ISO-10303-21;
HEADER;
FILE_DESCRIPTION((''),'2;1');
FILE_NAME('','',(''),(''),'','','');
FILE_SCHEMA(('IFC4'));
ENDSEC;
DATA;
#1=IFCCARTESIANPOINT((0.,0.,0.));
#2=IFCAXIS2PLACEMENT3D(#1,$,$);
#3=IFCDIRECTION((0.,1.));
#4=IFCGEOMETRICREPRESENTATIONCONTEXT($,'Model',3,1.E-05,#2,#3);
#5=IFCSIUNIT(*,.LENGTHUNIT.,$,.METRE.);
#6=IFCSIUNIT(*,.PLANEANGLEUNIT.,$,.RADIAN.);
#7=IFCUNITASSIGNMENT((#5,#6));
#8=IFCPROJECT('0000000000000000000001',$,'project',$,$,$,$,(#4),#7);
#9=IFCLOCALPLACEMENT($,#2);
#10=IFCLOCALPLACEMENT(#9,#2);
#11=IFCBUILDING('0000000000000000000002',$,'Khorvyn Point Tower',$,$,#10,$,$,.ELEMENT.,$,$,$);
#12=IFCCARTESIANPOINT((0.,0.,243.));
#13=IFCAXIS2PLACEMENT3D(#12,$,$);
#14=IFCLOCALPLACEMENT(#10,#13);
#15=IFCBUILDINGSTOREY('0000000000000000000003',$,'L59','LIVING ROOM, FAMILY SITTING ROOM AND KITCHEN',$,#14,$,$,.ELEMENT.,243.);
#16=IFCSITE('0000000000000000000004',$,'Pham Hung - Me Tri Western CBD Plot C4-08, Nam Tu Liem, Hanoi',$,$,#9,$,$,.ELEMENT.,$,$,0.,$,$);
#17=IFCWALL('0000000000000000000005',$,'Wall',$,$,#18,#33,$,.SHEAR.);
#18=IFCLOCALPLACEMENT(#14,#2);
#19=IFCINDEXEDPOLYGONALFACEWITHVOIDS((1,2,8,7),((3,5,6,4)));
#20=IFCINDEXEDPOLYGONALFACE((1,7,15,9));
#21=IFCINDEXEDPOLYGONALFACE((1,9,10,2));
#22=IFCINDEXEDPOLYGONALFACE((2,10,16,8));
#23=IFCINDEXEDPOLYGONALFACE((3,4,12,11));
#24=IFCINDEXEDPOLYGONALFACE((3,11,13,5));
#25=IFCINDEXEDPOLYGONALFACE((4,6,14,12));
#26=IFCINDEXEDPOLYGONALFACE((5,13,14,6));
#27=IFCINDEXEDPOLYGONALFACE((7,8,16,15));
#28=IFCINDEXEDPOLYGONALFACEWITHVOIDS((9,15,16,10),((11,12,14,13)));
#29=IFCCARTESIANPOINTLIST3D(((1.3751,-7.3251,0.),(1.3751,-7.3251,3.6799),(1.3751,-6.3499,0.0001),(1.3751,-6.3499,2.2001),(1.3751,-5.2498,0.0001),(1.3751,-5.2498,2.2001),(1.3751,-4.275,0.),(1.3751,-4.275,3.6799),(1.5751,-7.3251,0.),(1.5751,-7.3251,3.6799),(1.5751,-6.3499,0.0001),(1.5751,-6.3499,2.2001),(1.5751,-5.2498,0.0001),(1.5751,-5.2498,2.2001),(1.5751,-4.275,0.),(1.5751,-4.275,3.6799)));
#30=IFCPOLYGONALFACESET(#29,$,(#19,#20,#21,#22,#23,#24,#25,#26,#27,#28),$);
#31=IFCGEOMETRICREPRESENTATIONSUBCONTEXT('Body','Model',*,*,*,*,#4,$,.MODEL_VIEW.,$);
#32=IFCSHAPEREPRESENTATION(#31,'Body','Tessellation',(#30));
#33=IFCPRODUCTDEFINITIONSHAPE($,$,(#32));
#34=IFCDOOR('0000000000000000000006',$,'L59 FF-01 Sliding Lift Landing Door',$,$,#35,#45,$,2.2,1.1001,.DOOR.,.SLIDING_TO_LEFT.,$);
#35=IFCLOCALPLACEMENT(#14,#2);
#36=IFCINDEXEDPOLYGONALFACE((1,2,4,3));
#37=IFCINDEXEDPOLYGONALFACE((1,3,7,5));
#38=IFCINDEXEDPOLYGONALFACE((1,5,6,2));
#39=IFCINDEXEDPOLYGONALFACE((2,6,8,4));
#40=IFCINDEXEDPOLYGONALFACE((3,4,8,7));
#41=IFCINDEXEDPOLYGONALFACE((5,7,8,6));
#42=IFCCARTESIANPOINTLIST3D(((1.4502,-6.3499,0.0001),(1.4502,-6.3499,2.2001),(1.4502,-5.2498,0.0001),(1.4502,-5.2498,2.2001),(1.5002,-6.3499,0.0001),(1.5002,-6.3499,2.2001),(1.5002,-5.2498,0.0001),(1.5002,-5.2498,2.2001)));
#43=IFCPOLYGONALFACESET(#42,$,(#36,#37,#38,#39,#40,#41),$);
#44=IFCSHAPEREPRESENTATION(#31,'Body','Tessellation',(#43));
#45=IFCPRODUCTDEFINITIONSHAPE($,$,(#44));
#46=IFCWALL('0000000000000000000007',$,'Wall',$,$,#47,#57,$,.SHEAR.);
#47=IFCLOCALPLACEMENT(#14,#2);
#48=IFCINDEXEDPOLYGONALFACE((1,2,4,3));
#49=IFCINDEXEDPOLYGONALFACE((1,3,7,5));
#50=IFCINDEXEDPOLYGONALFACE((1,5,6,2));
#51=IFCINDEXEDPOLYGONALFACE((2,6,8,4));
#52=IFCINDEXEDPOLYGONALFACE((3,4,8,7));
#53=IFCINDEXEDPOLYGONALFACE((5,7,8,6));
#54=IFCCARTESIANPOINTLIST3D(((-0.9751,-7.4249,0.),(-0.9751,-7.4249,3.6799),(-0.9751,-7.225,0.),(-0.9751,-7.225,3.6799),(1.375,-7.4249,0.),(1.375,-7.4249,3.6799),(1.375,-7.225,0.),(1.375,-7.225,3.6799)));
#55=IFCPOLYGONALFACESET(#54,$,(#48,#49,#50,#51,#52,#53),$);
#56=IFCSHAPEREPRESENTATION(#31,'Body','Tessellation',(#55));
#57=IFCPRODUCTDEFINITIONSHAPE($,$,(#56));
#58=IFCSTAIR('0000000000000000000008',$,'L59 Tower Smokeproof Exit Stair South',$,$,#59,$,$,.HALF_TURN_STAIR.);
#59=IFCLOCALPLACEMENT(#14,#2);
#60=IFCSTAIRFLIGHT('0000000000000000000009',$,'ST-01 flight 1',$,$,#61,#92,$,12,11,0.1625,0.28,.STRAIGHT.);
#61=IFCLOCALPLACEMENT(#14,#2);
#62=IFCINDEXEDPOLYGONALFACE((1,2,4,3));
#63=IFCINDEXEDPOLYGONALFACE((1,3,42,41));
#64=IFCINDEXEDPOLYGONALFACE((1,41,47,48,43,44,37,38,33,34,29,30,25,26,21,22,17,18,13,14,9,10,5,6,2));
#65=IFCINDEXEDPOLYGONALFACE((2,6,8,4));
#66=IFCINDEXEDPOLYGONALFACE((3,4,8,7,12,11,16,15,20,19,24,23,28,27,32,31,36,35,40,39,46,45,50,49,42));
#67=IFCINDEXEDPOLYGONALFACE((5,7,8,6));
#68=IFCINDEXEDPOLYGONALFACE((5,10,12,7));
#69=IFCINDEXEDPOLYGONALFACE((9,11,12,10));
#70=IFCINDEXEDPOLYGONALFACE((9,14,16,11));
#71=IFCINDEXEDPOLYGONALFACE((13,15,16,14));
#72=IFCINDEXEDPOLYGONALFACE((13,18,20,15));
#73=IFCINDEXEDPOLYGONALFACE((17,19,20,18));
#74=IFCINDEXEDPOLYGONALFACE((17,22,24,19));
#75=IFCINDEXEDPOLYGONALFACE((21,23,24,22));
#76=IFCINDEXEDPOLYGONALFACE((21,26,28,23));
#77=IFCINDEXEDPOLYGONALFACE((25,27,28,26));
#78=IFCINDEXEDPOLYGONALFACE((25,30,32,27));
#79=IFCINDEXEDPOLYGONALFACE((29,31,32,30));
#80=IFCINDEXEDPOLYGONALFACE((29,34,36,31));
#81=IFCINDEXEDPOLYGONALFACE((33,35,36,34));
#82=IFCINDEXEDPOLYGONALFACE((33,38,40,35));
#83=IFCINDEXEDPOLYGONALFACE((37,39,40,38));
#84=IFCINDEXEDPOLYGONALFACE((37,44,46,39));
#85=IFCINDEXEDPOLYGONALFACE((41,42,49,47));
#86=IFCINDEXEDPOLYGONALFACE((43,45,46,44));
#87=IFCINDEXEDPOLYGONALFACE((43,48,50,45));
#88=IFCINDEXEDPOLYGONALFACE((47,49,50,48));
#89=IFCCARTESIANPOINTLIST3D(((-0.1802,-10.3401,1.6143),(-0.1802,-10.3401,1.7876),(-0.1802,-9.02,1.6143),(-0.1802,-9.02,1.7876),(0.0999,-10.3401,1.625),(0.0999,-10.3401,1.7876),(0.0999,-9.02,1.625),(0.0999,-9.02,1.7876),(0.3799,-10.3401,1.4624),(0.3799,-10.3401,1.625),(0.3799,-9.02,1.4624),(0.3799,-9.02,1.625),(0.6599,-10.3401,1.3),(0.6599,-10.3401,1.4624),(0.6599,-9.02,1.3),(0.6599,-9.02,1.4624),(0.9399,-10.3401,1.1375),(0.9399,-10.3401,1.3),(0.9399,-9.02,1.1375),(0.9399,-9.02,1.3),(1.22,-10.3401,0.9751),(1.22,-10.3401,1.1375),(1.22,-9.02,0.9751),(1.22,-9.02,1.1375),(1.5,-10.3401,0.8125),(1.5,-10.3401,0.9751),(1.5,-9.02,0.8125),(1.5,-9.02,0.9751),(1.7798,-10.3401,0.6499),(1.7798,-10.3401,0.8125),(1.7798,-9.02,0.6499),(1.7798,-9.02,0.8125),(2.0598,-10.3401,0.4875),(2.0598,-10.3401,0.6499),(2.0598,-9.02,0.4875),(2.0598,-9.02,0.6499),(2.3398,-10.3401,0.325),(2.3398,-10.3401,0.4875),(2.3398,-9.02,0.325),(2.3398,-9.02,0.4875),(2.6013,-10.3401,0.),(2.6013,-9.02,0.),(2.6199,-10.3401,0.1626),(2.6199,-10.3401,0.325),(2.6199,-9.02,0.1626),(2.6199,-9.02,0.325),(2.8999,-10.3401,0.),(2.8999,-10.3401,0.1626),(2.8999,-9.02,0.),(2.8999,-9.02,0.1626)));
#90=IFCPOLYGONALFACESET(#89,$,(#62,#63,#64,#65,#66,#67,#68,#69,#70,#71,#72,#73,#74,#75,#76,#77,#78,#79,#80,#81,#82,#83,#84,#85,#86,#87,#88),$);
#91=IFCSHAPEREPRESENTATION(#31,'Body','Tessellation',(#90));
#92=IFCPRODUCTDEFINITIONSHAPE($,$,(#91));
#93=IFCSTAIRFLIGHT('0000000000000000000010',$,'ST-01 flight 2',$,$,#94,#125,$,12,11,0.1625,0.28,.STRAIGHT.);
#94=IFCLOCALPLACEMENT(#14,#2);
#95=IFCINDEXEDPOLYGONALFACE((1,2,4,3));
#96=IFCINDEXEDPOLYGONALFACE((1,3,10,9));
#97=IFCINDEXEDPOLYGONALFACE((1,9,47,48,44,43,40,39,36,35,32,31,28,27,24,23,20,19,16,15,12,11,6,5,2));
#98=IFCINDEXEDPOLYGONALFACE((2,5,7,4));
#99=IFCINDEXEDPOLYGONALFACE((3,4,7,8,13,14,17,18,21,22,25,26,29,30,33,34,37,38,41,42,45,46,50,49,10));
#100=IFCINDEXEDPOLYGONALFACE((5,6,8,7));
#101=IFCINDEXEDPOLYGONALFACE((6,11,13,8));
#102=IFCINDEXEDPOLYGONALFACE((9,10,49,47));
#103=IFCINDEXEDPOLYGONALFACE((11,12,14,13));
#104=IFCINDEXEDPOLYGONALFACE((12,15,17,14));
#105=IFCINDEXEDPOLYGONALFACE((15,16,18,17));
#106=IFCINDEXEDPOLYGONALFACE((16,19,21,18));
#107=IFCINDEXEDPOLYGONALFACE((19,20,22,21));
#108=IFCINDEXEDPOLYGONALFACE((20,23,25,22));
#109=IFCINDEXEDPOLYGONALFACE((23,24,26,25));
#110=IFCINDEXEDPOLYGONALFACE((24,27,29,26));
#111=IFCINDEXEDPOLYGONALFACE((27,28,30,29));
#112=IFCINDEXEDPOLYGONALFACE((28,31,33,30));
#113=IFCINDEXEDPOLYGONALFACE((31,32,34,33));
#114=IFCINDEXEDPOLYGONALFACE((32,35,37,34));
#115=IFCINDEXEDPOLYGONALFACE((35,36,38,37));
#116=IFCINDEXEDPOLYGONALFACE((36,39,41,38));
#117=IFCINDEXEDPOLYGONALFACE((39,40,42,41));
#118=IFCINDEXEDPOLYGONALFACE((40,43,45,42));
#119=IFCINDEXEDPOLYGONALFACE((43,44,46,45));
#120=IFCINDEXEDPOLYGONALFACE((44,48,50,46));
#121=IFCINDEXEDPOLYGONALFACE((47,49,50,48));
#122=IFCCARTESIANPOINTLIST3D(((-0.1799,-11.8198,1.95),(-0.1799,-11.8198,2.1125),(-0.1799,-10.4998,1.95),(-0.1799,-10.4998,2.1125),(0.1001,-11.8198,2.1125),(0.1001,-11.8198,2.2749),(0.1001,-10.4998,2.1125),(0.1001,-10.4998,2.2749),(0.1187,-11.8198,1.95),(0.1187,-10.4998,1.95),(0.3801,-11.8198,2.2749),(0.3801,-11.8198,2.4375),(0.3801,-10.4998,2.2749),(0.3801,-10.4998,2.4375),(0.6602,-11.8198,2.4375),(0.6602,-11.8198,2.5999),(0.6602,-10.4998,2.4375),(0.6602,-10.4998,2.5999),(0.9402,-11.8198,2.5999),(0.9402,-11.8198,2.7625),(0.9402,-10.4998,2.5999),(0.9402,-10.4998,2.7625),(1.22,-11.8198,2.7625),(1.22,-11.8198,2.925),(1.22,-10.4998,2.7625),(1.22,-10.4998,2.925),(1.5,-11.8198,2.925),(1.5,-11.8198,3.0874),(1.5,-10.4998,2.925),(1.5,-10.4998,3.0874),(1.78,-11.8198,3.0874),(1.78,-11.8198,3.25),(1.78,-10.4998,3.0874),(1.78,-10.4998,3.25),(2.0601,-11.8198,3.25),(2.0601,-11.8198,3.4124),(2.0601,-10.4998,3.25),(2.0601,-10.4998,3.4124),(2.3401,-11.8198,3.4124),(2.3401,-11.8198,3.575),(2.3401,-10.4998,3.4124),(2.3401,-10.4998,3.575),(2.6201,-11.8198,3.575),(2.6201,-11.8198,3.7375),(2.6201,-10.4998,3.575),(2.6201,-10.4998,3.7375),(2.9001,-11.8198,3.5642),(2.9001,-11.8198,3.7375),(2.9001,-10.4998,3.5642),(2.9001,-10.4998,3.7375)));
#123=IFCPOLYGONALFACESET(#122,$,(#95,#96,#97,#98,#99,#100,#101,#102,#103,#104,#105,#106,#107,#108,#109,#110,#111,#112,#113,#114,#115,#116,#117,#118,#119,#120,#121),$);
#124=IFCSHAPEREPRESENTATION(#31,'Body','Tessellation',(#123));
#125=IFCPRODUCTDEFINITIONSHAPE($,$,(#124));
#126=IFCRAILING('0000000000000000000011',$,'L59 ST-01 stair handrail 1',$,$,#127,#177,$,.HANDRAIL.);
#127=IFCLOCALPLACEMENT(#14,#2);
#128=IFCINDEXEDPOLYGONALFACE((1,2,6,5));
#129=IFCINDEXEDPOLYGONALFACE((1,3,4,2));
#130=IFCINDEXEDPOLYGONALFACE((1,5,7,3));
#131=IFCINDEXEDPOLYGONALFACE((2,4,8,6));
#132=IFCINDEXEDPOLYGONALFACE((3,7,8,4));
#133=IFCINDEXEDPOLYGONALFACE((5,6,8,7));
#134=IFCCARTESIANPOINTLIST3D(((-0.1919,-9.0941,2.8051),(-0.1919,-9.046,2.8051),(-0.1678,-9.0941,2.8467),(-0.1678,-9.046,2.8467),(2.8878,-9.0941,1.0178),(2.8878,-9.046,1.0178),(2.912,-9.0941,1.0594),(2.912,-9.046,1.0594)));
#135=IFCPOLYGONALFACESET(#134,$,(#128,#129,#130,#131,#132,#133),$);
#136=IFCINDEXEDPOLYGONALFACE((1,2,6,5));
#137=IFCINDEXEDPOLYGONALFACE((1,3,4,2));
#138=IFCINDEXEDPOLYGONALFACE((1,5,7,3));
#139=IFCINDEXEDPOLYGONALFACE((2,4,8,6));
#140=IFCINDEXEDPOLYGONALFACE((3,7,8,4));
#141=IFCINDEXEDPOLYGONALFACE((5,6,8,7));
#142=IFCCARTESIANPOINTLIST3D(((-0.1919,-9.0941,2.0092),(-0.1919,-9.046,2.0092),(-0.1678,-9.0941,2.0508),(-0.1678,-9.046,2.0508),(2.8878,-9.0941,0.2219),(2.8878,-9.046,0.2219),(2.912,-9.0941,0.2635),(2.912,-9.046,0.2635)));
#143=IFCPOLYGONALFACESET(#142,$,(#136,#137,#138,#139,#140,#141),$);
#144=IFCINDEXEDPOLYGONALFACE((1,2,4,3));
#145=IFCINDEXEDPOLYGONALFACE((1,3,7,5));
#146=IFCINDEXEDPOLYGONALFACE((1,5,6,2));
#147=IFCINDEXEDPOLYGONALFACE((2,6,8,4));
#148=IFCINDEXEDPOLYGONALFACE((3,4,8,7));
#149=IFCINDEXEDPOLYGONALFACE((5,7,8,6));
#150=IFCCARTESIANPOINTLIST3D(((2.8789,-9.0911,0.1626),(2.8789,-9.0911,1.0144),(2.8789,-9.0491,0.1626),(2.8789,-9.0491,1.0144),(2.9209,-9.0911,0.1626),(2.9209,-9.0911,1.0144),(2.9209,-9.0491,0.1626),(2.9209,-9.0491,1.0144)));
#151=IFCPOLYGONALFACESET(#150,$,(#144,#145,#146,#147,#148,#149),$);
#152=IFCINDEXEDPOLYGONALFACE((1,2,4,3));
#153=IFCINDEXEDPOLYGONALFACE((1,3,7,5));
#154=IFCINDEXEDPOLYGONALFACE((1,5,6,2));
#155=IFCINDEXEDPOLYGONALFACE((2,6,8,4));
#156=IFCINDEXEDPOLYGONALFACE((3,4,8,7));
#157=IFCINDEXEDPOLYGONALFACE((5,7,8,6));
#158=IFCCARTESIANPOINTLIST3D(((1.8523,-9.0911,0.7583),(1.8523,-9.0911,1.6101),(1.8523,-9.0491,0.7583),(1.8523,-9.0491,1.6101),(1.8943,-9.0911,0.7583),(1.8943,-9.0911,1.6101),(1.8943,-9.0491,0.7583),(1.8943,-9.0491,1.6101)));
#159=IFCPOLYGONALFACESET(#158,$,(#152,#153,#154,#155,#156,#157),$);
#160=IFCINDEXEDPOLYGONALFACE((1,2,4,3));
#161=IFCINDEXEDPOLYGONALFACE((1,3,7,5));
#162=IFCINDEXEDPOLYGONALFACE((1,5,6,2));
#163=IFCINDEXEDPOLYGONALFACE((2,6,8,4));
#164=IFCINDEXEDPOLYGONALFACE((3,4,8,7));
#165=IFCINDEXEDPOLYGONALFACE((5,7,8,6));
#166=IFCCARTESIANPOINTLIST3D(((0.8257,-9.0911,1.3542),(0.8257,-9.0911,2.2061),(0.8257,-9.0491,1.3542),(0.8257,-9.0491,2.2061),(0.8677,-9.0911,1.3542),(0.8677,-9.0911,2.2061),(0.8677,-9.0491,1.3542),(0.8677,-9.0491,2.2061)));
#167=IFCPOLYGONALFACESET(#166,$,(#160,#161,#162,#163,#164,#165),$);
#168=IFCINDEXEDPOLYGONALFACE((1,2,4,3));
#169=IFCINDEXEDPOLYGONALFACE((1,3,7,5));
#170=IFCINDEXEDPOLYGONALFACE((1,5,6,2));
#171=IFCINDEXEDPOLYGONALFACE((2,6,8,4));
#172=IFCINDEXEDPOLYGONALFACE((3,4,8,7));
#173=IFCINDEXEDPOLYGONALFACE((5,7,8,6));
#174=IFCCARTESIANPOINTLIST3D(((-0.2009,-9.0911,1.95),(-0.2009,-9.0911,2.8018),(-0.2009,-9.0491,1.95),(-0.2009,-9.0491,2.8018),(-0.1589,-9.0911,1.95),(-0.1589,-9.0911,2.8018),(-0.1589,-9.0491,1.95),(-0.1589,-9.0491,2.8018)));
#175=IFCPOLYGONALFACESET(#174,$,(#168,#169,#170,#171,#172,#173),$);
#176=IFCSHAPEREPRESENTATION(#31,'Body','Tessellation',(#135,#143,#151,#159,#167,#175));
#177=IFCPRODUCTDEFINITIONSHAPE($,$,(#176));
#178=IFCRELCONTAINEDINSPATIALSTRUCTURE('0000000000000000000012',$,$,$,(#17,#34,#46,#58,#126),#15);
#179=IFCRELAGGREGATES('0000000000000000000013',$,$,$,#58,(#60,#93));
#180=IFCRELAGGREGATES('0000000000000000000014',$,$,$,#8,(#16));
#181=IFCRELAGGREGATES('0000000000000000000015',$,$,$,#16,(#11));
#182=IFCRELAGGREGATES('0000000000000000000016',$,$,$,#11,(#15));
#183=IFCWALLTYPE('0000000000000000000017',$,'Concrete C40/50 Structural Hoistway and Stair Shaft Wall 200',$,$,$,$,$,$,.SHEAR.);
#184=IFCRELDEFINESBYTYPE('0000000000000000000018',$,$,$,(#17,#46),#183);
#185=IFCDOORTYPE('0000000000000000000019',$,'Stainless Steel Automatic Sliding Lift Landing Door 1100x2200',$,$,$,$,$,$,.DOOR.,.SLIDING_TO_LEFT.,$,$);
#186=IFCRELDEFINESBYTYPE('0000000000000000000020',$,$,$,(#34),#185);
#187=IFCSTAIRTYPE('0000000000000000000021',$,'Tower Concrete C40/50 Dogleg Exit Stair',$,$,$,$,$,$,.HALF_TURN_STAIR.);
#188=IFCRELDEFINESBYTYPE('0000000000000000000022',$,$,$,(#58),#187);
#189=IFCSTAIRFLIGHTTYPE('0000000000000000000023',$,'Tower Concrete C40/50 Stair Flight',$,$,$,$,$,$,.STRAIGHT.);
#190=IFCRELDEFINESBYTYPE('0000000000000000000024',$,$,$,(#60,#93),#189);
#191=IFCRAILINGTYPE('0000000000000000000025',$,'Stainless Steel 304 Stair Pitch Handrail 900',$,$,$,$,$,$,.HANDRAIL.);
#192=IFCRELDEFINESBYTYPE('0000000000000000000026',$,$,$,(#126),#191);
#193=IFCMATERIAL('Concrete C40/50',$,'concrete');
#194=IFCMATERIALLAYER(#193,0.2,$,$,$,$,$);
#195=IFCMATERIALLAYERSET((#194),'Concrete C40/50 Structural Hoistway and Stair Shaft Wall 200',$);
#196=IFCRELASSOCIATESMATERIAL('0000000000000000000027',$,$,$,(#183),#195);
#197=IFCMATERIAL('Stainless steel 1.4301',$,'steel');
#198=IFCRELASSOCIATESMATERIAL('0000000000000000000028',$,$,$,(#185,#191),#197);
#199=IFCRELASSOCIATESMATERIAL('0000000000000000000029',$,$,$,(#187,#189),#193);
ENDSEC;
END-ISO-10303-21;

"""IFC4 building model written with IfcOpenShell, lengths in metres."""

from ifc_helpers import new_model, si_unit, direction, frame, frame_2d, origin, origin_2d, place, context, subcontext, project, spatial, polyline, rectangle, outline, extrude, material, layer, layer_set, type_object, element, fill, aggregate, save


model = new_model("IFC4")

# Units and contexts
model_context = context("Model", 3, precision=1e-05, world=origin(), true_north=direction((0.0, 1.0)))
body_context = subcontext(model_context, "Body", "Model", "MODEL_VIEW")
ifc_project = project(units=[si_unit("LENGTHUNIT", "METRE"), si_unit("PLANEANGLEUNIT", "RADIAN")], contexts=[model_context])

# Site, building, storey
site_placement = place(None, origin())
site = spatial("IfcSite", under=ifc_project, at=site_placement, Name="Pham Hung - Me Tri Western CBD Plot C4-08, Nam Tu Liem, Hanoi", CompositionType="ELEMENT", RefElevation=0.0)
building_placement = place(site_placement, origin())
building = spatial("IfcBuilding", under=site, at=building_placement, Name="Khorvyn Point Tower", CompositionType="ELEMENT")
storey_placement = place(building_placement, frame((0.0, 0.0, 243.0)))
storey = spatial("IfcBuildingStorey", under=building, at=storey_placement, Name="L59", Description="LIVING ROOM, FAMILY SITTING ROOM AND KITCHEN", CompositionType="ELEMENT", Elevation=243.0)

# Shared definitions
ifc_material_1 = material(Name="Concrete C40/50", Category="concrete")

# Shared definitions
ifc_layer_1 = layer(ifc_material_1, 0.2)
ifc_layer_set_1 = layer_set([ifc_layer_1], Name="Concrete C40/50 Structural Hoistway and Stair Shaft Wall 200")
wall_type_1 = type_object("IfcWallType", Name="Concrete C40/50 Structural Hoistway and Stair Shaft Wall 200", PredefinedType="SHEAR", material=ifc_layer_set_1)

# Wall, opening, door
wall_1_placement = place(storey_placement, frame((1.4751, -7.325, 0.0), z_axis=(0.0, 0.0, 1.0), x_axis=(0.0, 1.0, 0.0)))
wall_1 = element("IfcWall", 1, at=wall_1_placement, inside=storey, type_object=wall_type_1, Name="Wall", PredefinedType="SHEAR", context=body_context, shape_type="SweptSolid", body=[
    extrude(rectangle(XDim=3.05, YDim=0.2, at=frame_2d((1.5249, 0.0))), origin(), (0.0, 0.0, 1.0), 3.6799),
])
opening_1_placement = place(wall_1_placement, frame((0.9751, 0.0, 0.0)))
opening_1 = element("IfcOpeningElement", 2, at=opening_1_placement, cuts=wall_1, PredefinedType="OPENING", context=body_context, shape_type="SweptSolid", body=[
    extrude(rectangle(XDim=1.1001, YDim=2.2, at=frame_2d((0.55, 1.1001))), frame((0.0, 0.1099, 0.0), z_axis=(0.0, -1.0, 0.0), x_axis=(1.0, 0.0, 0.0)), (0.0, 0.0, 1.0), 0.22),
])
ifc_material_2 = material(Name="Stainless steel 1.4301", Category="steel")
door_type_1 = type_object("IfcDoorType", Name="Stainless Steel Automatic Sliding Lift Landing Door 1100x2200", OperationType="SLIDING_TO_LEFT", PredefinedType="DOOR", material=ifc_material_2)
door_1_placement = place(opening_1_placement, origin())
door_1 = element("IfcDoor", 3, at=door_1_placement, inside=storey, type_object=door_type_1, Name="L59 FF-01 Sliding Lift Landing Door", OperationType="SLIDING_TO_LEFT", OverallHeight=2.2, OverallWidth=1.1001, PredefinedType="DOOR", context=body_context, shape_type="SweptSolid", body=[
    extrude(rectangle(XDim=1.1001, YDim=2.2, at=frame_2d((0.55, 1.1001))), frame((0.0, 0.0249, 0.0), z_axis=(0.0, -1.0, 0.0), x_axis=(1.0, 0.0, 0.0)), (0.0, 0.0, 1.0), 0.05),
])
fill(opening_1, door_1)

# Wall
wall_2_placement = place(storey_placement, frame((-0.9751, -7.325, 0.0), z_axis=(0.0, 0.0, 1.0), x_axis=(1.0, 0.0, 0.0)))
element("IfcWall", 4, at=wall_2_placement, inside=storey, type_object=wall_type_1, Name="Wall", PredefinedType="SHEAR", context=body_context, shape_type="SweptSolid", body=[
    extrude(rectangle(XDim=2.3501, YDim=0.2, at=frame_2d((1.175, 0.0))), origin(), (0.0, 0.0, 1.0), 3.6799),
])

# Stair, stair flights
stair_type = type_object("IfcStairType", Name="Tower Concrete C40/50 Dogleg Exit Stair", PredefinedType="HALF_TURN_STAIR", material=ifc_material_1)
stair_placement = place(storey_placement, origin())
stair = element("IfcStair", 5, at=stair_placement, inside=storey, type_object=stair_type, Name="L59 Tower Smokeproof Exit Stair South", PredefinedType="HALF_TURN_STAIR")
stair_flight_type = type_object("IfcStairFlightType", Name="Tower Concrete C40/50 Stair Flight", PredefinedType="STRAIGHT", material=ifc_material_1)
stair_flight_1_placement = place(storey_placement, frame((2.8999, -9.6799, 0.0), z_axis=(0.0, 0.0, 1.0), x_axis=(-1.0, 0.0, 0.0)))
stair_flight_1 = element("IfcStairFlight", 6, at=stair_flight_1_placement, type_object=stair_flight_type, Name="ST-01 flight 1", NumberOfRisers=12, NumberOfTreads=11, PredefinedType="STRAIGHT", RiserHeight=0.1625, TreadLength=0.28, context=body_context, shape_type="SweptSolid", body=[
    extrude(outline(polyline([(0.0, 0.0), (0.0, 0.1626), (0.28, 0.1626), (0.28, 0.325), (0.5601, 0.325), (0.5601, 0.4875), (0.8401, 0.4875), (0.8401, 0.6499), (1.1201, 0.6499), (1.1201, 0.8125), (1.3999, 0.8125), (1.3999, 0.9751), (1.6799, 0.9751), (1.6799, 1.1375), (1.96, 1.1375), (1.96, 1.3), (2.24, 1.3), (2.24, 1.4624), (2.52, 1.4624), (2.52, 1.625), (2.8, 1.625), (2.8, 1.7876), (3.0801, 1.7876), (3.0801, 1.95), (3.0801, 1.6143), (0.2986, 0.0), (0.0, 0.0)])), frame((0.0, 0.6602, 0.0), z_axis=(0.0, -1.0, 0.0), x_axis=(1.0, 0.0, 0.0)), (0.0, 0.0, 1.0), 1.3201),
])
stair_flight_2_placement = place(storey_placement, frame((-0.1799, -11.1599, 1.95), z_axis=(0.0, 0.0, 1.0), x_axis=(1.0, 0.0, 0.0)))
stair_flight_2 = element("IfcStairFlight", 7, at=stair_flight_2_placement, type_object=stair_flight_type, Name="ST-01 flight 2", NumberOfRisers=12, NumberOfTreads=11, PredefinedType="STRAIGHT", RiserHeight=0.1625, TreadLength=0.28, context=body_context, shape_type="SweptSolid", body=[
    extrude(outline(polyline([(0.0, 0.0), (0.0, 0.1626), (0.28, 0.1626), (0.28, 0.325), (0.5601, 0.325), (0.5601, 0.4875), (0.8401, 0.4875), (0.8401, 0.6499), (1.1201, 0.6499), (1.1201, 0.8125), (1.3999, 0.8125), (1.3999, 0.9751), (1.6799, 0.9751), (1.6799, 1.1375), (1.96, 1.1375), (1.96, 1.3), (2.24, 1.3), (2.24, 1.4624), (2.52, 1.4624), (2.52, 1.625), (2.8, 1.625), (2.8, 1.7876), (3.0801, 1.7876), (3.0801, 1.95), (3.0801, 1.6143), (0.2986, 0.0), (0.0, 0.0)])), frame((0.0, 0.6602, 0.0), z_axis=(0.0, -1.0, 0.0), x_axis=(1.0, 0.0, 0.0)), (0.0, 0.0, 1.0), 1.3201),
])
aggregate(stair, [stair_flight_1, stair_flight_2])

# Railing
railing_type_1 = type_object("IfcRailingType", Name="Stainless Steel 304 Stair Pitch Handrail 900", PredefinedType="HANDRAIL", material=ifc_material_2)
railing_1_placement = place(storey_placement, frame((2.8999, -9.0701, 0.1626)))
element("IfcRailing", 8, at=railing_1_placement, inside=storey, type_object=railing_type_1, Name="L59 ST-01 stair handrail 1", PredefinedType="HANDRAIL", context=body_context, shape_type="SweptSolid", body=[
    extrude(rectangle(XDim=0.0481, YDim=0.0481, at=origin_2d()), frame((0.0, 0.0, 0.876), z_axis=(-0.864903, 0.0, 0.501939), x_axis=(0.0, -1.0, 0.0)), (0.0, 0.0, 1.0), 3.5608),
    extrude(rectangle(XDim=0.0481, YDim=0.0481, at=origin_2d()), frame((0.0, 0.0, 0.0801), z_axis=(-0.864903, 0.0, 0.501939), x_axis=(0.0, -1.0, 0.0)), (0.0, 0.0, 1.0), 3.5608),
    extrude(rectangle(XDim=0.042, YDim=0.042, at=origin_2d()), origin(), (0.0, 0.0, 1.0), 0.8518),
    extrude(rectangle(XDim=0.042, YDim=0.042, at=origin_2d()), frame((-1.0266, 0.0, 0.5957)), (0.0, 0.0, 1.0), 0.8518),
    extrude(rectangle(XDim=0.042, YDim=0.042, at=origin_2d()), frame((-2.0532, 0.0, 1.1917)), (0.0, 0.0, 1.0), 0.8518),
    extrude(rectangle(XDim=0.042, YDim=0.042, at=origin_2d()), frame((-3.0798, 0.0, 1.7874)), (0.0, 0.0, 1.0), 0.8518),
])

save(model, "model.ifc")
